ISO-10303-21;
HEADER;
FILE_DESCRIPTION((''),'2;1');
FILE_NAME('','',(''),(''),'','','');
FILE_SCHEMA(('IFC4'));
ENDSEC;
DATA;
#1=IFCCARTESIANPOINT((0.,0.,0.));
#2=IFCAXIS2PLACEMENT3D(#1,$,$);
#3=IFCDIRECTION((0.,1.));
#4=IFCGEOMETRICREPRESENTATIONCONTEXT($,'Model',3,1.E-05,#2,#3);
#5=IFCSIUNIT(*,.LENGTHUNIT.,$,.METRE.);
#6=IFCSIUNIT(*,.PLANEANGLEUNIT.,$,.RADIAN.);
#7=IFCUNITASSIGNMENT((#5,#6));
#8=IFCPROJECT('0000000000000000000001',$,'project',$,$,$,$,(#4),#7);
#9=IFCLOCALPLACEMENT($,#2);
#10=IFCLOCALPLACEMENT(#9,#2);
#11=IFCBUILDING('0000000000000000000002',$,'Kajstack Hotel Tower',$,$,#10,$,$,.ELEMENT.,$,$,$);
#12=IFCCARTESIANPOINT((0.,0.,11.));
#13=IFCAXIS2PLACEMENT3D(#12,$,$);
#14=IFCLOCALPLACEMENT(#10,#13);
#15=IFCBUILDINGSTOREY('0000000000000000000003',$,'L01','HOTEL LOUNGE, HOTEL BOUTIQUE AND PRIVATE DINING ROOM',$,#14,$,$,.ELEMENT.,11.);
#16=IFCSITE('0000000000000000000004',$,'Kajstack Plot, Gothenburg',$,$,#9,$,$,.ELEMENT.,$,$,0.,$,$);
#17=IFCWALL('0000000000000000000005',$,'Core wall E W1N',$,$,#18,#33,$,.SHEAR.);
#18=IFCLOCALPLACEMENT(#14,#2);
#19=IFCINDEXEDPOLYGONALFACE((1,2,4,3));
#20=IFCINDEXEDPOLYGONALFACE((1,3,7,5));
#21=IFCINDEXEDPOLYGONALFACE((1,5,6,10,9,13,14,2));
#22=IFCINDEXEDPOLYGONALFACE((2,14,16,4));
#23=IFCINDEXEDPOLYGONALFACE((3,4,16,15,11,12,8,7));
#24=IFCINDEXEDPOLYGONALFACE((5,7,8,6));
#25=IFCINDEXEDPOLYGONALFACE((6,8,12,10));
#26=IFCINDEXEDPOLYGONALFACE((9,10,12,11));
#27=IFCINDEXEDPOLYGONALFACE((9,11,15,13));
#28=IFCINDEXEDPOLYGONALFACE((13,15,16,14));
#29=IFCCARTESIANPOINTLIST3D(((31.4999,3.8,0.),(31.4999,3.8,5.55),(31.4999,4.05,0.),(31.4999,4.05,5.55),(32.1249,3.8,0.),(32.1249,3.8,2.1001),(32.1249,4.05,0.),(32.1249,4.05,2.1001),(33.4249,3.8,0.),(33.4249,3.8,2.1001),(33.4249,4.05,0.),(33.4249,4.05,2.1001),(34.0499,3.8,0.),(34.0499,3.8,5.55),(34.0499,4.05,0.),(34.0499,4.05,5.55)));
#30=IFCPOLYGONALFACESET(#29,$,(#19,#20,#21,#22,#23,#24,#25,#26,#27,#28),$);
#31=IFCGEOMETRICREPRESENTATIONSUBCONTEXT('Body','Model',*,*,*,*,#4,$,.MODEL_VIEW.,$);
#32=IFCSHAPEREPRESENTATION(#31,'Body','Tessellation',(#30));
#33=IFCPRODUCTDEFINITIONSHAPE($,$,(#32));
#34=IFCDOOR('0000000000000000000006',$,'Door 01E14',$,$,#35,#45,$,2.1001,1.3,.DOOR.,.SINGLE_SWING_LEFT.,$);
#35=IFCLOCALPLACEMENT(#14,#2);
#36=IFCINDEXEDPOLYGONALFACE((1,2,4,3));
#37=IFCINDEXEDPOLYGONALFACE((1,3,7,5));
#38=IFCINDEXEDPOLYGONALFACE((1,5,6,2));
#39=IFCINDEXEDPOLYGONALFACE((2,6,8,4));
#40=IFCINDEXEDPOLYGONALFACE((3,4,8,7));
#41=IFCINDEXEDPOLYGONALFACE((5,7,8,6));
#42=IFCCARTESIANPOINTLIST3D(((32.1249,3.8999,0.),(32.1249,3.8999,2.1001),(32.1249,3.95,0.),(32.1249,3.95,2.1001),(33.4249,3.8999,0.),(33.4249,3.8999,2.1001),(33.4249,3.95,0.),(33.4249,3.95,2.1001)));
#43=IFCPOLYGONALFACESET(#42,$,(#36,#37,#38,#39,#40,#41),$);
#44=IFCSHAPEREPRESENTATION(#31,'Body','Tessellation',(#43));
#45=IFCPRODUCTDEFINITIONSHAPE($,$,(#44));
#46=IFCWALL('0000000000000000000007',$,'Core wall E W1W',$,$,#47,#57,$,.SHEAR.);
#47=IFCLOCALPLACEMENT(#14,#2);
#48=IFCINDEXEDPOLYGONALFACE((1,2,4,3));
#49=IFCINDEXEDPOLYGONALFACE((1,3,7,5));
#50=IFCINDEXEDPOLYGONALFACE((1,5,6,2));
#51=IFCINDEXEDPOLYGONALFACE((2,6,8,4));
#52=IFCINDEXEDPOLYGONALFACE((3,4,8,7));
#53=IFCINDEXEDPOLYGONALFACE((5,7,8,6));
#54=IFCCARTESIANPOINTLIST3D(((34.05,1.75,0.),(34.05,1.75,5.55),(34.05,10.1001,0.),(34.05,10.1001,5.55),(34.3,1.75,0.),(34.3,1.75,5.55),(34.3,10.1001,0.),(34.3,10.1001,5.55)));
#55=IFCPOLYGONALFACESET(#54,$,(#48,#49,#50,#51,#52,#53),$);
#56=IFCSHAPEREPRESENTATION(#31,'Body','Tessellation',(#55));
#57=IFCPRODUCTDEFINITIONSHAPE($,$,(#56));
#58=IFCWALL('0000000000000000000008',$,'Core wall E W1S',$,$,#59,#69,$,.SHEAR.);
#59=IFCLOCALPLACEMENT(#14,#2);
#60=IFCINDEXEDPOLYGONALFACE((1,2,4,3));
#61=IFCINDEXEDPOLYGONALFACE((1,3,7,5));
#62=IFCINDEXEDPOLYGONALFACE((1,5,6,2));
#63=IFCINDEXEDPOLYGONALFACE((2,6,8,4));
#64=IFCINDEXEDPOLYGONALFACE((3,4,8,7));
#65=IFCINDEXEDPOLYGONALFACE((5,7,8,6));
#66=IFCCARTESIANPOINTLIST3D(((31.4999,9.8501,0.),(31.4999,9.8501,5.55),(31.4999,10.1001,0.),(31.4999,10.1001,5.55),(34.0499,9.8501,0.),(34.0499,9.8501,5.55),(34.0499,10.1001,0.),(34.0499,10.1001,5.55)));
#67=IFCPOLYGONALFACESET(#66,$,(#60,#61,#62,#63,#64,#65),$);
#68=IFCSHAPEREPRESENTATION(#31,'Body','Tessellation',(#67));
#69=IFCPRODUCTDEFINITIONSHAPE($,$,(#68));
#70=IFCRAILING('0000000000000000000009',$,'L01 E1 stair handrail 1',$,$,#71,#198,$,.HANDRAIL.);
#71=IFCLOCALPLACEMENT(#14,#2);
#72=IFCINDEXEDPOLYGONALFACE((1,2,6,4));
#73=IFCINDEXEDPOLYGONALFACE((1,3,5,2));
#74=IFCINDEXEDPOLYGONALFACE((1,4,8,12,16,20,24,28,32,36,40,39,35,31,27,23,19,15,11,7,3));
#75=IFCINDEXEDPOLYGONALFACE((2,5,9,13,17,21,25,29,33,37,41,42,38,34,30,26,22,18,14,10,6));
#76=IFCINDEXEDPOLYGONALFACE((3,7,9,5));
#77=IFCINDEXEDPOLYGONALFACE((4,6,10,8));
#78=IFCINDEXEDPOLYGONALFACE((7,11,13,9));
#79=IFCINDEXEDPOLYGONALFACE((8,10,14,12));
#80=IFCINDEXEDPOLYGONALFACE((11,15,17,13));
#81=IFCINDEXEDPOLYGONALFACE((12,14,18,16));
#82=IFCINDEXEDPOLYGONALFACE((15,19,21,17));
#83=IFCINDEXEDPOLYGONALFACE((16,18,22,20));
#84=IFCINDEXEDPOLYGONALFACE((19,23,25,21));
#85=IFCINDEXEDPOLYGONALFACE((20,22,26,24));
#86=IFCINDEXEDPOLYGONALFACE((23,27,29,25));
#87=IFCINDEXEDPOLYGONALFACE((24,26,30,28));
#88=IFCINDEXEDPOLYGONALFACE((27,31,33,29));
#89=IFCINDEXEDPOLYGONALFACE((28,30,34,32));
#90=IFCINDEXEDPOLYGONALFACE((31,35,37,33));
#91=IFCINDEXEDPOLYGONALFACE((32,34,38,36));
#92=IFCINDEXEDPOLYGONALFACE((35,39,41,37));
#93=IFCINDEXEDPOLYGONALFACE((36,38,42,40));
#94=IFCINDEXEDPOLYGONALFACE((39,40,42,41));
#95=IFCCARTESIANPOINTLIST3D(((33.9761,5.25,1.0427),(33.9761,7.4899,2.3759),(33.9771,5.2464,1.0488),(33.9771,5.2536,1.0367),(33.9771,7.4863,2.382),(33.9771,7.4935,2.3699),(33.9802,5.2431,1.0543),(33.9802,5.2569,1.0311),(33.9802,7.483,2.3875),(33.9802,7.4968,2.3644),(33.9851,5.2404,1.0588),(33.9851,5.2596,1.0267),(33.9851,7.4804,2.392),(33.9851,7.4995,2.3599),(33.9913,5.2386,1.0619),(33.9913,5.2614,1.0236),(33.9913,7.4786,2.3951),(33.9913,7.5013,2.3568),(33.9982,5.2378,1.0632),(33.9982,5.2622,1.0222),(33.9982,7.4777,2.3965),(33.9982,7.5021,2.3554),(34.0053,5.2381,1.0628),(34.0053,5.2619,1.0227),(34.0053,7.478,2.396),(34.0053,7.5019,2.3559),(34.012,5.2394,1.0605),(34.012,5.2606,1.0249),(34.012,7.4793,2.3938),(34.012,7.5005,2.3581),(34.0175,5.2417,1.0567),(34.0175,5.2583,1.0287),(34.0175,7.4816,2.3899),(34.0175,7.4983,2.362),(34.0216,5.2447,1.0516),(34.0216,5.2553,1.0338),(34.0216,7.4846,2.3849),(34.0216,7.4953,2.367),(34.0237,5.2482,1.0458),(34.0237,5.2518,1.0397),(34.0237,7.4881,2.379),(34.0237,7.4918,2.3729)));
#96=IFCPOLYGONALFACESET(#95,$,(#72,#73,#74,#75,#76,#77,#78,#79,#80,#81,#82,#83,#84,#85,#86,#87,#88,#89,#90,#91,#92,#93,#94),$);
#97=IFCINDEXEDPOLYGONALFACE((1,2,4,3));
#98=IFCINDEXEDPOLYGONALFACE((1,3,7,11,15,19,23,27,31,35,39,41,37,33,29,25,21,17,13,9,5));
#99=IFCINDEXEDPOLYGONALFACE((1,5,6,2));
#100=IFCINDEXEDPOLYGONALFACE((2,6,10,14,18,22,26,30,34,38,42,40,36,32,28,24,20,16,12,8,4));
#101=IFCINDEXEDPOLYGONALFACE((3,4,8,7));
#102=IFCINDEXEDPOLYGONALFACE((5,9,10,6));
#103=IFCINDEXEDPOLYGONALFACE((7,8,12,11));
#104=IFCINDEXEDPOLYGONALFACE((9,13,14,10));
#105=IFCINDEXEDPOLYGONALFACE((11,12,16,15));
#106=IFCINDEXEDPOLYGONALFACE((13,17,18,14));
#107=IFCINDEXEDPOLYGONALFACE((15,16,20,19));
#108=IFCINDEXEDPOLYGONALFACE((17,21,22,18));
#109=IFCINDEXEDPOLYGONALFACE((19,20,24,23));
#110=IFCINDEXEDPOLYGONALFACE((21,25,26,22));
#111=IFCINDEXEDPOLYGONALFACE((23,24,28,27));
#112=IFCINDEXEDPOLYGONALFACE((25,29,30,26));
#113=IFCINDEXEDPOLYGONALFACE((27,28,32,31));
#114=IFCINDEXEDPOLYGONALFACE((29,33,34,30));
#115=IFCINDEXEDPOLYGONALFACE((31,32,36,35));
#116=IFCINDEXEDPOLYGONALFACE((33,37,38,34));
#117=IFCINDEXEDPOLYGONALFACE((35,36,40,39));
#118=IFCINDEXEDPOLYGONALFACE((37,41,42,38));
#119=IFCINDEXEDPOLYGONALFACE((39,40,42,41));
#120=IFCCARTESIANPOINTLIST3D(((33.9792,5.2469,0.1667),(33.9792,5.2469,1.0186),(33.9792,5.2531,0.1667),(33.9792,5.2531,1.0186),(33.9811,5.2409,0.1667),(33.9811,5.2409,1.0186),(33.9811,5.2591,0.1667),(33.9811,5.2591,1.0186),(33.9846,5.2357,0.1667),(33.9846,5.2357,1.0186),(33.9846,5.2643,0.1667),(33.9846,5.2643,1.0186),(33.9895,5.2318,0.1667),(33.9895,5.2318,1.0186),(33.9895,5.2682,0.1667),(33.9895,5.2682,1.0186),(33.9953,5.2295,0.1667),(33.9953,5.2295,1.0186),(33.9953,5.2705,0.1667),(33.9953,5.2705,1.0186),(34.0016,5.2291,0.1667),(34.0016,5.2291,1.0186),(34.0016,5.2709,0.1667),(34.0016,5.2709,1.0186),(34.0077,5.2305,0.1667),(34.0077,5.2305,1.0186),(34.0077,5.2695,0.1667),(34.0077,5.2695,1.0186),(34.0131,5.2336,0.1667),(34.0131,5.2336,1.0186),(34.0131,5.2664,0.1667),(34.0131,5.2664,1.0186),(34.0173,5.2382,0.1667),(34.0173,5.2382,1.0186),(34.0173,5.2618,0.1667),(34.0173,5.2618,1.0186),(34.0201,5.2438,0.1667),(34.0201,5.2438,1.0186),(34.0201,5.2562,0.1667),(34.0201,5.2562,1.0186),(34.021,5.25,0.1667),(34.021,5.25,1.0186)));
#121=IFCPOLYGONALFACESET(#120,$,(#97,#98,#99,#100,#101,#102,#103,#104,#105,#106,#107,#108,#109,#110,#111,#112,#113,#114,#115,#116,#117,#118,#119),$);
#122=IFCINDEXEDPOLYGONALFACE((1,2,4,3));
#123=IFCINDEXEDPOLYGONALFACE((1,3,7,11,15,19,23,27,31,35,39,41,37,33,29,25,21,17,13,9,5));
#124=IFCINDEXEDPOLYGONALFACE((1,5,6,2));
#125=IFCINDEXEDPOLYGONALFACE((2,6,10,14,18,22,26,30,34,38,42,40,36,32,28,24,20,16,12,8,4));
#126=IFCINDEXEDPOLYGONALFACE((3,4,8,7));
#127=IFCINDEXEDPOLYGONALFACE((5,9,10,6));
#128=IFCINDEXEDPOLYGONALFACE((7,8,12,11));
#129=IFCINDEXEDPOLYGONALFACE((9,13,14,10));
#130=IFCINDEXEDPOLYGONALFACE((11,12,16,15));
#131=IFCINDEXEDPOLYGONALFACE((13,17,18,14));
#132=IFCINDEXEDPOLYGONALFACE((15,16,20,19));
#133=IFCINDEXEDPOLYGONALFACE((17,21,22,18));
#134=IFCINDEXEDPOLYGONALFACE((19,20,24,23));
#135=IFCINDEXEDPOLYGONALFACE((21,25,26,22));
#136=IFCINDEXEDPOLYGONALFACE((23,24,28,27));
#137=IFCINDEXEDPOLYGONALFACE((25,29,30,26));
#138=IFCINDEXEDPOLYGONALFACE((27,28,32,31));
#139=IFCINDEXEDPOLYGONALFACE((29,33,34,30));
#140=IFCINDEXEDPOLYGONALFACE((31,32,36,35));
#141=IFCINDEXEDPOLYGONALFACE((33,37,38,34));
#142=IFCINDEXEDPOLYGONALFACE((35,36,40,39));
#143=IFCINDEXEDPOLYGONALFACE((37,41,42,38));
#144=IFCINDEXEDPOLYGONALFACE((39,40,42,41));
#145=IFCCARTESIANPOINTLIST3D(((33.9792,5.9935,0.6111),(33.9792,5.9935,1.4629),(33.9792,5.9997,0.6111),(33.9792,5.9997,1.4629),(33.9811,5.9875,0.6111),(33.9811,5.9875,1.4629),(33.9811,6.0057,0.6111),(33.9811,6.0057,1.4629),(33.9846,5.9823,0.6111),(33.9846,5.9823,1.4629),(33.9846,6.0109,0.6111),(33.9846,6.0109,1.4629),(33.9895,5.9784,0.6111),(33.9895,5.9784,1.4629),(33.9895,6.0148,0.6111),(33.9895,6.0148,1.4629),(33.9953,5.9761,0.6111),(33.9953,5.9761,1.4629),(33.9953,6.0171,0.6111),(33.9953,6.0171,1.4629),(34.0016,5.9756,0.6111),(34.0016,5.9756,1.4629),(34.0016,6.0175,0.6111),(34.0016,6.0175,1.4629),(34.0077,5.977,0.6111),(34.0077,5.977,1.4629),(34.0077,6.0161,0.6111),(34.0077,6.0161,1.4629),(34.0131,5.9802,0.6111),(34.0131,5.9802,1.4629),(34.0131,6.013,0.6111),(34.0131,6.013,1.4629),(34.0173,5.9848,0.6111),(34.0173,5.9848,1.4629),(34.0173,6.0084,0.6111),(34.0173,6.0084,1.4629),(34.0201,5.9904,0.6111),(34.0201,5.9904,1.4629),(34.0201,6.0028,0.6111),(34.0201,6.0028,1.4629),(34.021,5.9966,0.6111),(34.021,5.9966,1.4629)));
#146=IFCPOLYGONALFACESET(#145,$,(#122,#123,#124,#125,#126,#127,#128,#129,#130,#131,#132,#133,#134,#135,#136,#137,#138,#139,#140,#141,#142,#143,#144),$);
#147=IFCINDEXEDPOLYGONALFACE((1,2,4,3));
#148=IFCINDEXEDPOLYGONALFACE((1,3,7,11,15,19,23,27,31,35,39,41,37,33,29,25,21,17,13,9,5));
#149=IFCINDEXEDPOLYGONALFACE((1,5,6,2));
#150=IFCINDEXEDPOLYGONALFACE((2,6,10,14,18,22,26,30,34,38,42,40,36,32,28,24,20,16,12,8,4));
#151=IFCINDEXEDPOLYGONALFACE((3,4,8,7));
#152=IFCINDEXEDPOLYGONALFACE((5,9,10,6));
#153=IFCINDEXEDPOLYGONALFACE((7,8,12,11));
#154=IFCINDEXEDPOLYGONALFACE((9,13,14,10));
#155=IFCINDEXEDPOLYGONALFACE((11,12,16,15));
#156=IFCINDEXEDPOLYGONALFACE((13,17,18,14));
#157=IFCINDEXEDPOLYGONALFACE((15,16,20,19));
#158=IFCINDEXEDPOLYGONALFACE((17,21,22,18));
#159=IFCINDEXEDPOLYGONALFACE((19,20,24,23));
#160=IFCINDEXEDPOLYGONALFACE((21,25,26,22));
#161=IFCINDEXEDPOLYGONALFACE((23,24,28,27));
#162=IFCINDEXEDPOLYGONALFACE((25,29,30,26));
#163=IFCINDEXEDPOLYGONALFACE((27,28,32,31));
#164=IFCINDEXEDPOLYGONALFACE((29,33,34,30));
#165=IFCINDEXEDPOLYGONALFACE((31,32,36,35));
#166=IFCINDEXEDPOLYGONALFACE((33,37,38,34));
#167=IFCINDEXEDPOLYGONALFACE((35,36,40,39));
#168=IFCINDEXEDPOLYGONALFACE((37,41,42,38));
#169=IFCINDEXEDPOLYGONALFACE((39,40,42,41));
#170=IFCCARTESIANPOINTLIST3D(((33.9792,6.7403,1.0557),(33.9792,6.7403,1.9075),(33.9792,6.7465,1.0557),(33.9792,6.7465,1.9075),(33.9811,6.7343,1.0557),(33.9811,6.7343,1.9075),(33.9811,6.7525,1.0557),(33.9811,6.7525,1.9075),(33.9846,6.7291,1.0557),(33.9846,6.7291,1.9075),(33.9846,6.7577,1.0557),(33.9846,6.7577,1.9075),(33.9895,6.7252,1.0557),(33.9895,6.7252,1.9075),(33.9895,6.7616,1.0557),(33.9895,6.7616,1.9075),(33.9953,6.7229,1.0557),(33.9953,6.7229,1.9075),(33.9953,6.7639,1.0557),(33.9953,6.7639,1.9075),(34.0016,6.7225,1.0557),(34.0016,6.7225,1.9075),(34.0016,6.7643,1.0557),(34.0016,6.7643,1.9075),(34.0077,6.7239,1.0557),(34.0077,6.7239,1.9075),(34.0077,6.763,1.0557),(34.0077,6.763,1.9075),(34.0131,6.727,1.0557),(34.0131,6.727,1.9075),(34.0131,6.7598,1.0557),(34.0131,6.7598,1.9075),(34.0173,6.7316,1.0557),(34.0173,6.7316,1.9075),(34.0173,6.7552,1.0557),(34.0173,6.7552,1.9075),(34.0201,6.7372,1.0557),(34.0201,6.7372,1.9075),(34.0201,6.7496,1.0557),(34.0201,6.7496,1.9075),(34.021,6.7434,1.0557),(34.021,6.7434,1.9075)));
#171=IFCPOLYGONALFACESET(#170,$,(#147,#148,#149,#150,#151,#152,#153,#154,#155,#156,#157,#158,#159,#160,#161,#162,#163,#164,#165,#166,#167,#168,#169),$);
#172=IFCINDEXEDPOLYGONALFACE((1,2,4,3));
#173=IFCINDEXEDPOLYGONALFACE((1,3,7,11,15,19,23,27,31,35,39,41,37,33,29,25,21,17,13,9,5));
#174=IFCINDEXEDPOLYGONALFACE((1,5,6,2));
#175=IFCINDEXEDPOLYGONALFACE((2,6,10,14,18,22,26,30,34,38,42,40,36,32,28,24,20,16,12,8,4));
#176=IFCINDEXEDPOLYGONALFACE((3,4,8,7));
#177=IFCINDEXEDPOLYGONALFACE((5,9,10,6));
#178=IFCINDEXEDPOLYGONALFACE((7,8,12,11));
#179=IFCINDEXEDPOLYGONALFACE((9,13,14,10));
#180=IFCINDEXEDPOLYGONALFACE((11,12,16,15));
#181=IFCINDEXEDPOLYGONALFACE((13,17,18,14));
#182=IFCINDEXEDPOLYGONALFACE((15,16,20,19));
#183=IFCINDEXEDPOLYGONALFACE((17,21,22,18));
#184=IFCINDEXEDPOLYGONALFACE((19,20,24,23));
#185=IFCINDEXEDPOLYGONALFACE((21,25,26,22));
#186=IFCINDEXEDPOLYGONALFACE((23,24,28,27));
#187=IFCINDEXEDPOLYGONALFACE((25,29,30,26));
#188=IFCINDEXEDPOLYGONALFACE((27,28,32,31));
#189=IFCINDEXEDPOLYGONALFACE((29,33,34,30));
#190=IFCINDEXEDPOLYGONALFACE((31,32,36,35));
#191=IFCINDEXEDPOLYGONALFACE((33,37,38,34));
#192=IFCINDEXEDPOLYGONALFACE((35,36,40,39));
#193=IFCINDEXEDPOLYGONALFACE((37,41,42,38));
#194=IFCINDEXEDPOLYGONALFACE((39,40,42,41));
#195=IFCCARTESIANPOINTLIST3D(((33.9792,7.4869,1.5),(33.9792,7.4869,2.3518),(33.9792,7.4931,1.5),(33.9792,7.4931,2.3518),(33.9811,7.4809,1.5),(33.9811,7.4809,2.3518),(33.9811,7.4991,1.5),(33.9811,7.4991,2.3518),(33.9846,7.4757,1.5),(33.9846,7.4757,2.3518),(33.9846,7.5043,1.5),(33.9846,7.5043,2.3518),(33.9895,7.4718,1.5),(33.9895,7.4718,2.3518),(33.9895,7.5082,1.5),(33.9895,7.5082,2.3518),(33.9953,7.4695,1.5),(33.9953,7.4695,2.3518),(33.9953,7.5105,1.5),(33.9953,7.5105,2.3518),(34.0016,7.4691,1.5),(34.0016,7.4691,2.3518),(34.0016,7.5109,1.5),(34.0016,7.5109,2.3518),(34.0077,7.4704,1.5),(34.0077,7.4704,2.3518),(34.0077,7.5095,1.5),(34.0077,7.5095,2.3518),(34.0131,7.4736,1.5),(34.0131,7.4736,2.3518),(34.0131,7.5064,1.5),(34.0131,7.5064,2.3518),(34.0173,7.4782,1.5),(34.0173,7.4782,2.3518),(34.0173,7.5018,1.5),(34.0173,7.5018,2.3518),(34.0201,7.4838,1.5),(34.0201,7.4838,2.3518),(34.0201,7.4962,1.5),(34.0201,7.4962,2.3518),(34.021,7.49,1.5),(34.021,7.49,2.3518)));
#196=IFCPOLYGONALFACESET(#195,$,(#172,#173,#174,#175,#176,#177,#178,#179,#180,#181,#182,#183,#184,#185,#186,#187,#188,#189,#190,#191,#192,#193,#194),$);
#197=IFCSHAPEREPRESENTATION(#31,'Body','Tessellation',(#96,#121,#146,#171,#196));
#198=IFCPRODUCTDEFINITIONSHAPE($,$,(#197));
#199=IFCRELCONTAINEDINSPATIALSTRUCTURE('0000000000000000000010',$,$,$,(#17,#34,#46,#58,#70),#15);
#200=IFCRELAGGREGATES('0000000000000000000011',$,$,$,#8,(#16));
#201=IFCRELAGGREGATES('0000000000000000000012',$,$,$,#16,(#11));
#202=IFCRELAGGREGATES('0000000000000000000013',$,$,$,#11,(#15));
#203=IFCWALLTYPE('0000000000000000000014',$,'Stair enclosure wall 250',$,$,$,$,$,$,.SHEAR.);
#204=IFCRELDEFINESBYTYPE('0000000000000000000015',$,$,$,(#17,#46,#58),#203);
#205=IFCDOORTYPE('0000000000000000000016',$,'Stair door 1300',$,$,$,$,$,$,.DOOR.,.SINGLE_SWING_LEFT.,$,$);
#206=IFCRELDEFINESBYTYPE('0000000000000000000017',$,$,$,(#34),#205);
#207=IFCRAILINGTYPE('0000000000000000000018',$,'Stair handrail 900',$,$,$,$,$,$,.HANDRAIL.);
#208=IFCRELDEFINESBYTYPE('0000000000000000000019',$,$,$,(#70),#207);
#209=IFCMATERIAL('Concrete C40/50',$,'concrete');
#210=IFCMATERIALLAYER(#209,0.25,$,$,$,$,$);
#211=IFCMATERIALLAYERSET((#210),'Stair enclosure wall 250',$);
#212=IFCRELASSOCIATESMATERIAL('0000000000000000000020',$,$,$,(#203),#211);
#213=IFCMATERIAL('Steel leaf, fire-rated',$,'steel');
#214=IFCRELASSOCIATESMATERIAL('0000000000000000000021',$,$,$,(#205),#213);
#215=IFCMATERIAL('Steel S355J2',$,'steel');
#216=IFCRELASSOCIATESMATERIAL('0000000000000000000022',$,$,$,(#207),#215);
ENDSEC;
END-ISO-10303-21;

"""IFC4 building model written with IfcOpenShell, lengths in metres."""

from ifc_helpers import new_model, si_unit, direction, frame, frame_2d, origin, origin_2d, place, context, subcontext, project, spatial, rectangle, circle, extrude, material, layer, layer_set, type_object, element, fill, save


model = new_model("IFC4")

# Units and contexts
model_context = context("Model", 3, precision=1e-05, world=origin(), true_north=direction((0.0, 1.0)))
body_context = subcontext(model_context, "Body", "Model", "MODEL_VIEW")
ifc_project = project(units=[si_unit("LENGTHUNIT", "METRE"), si_unit("PLANEANGLEUNIT", "RADIAN")], contexts=[model_context])

# Site, building, storey
site_placement = place(None, origin())
site = spatial("IfcSite", under=ifc_project, at=site_placement, Name="Kajstack Plot, Gothenburg", CompositionType="ELEMENT", RefElevation=0.0)
building_placement = place(site_placement, origin())
building = spatial("IfcBuilding", under=site, at=building_placement, Name="Kajstack Hotel Tower", CompositionType="ELEMENT")
storey_placement = place(building_placement, frame((0.0, 0.0, 11.0)))
storey = spatial("IfcBuildingStorey", under=building, at=storey_placement, Name="L01", Description="HOTEL LOUNGE, HOTEL BOUTIQUE AND PRIVATE DINING ROOM", CompositionType="ELEMENT", Elevation=11.0)

# Shared definitions
ifc_material_1 = material(Name="Concrete C40/50", Category="concrete")

# Shared definitions
ifc_material_2 = material(Name="Steel leaf, fire-rated", Category="steel")

# Wall, opening, door
ifc_layer_1 = layer(ifc_material_1, 0.25)
ifc_layer_set_1 = layer_set([ifc_layer_1], Name="Stair enclosure wall 250")
wall_type_1 = type_object("IfcWallType", Name="Stair enclosure wall 250", PredefinedType="SHEAR", material=ifc_layer_set_1)
wall_1_placement = place(storey_placement, frame((31.5, 3.925, 0.0), z_axis=(0.0, 0.0, 1.0), x_axis=(1.0, 0.0, 0.0)))
wall_1 = element("IfcWall", 1, at=wall_1_placement, inside=storey, type_object=wall_type_1, Name="Core wall E W1N", PredefinedType="SHEAR", context=body_context, shape_type="SweptSolid", body=[
    extrude(rectangle(XDim=2.55, YDim=0.25, at=frame_2d((1.2749, 0.0))), origin(), (0.0, 0.0, 1.0), 5.55),
])
opening_1_placement = place(wall_1_placement, frame((0.625, 0.0, 0.0)))
opening_1 = element("IfcOpeningElement", 2, at=opening_1_placement, cuts=wall_1, PredefinedType="OPENING", context=body_context, shape_type="SweptSolid", body=[
    extrude(rectangle(XDim=1.3, YDim=2.1001, at=frame_2d((0.6499, 1.05))), frame((0.0, 0.135, 0.0), z_axis=(0.0, -1.0, 0.0), x_axis=(1.0, 0.0, 0.0)), (0.0, 0.0, 1.0), 0.27),
])
door_type_1 = type_object("IfcDoorType", Name="Stair door 1300", OperationType="SINGLE_SWING_LEFT", PredefinedType="DOOR", material=ifc_material_2)
door_1_placement = place(opening_1_placement, origin())
door_1 = element("IfcDoor", 3, at=door_1_placement, inside=storey, type_object=door_type_1, Name="Door 01E14", OperationType="SINGLE_SWING_LEFT", OverallHeight=2.1001, OverallWidth=1.3, PredefinedType="DOOR", context=body_context, shape_type="SweptSolid", body=[
    extrude(rectangle(XDim=1.3, YDim=2.1001, at=frame_2d((0.6499, 1.05))), frame((0.0, 0.0249, 0.0), z_axis=(0.0, -1.0, 0.0), x_axis=(1.0, 0.0, 0.0)), (0.0, 0.0, 1.0), 0.05),
])
fill(opening_1, door_1)

# Walls
wall_2_placement = place(storey_placement, frame((34.175, 1.75, 0.0), z_axis=(0.0, 0.0, 1.0), x_axis=(0.0, 1.0, 0.0)))
element("IfcWall", 4, at=wall_2_placement, inside=storey, type_object=wall_type_1, Name="Core wall E W1W", PredefinedType="SHEAR", context=body_context, shape_type="SweptSolid", body=[
    extrude(rectangle(XDim=8.3501, YDim=0.25, at=frame_2d((4.175, 0.0))), origin(), (0.0, 0.0, 1.0), 5.55),
])
wall_3_placement = place(storey_placement, frame((31.5, 9.9751, 0.0), z_axis=(0.0, 0.0, 1.0), x_axis=(1.0, 0.0, 0.0)))
element("IfcWall", 5, at=wall_3_placement, inside=storey, type_object=wall_type_1, Name="Core wall E W1S", PredefinedType="SHEAR", context=body_context, shape_type="SweptSolid", body=[
    extrude(rectangle(XDim=2.55, YDim=0.25, at=frame_2d((1.2749, 0.0))), origin(), (0.0, 0.0, 1.0), 5.55),
])

# Railing
ifc_material_3 = material(Name="Steel S355J2", Category="steel")
railing_type_1 = type_object("IfcRailingType", Name="Stair handrail 900", PredefinedType="HANDRAIL", material=ifc_material_3)
railing_1_placement = place(storey_placement, frame((34.0, 5.25, 0.1667)))
element("IfcRailing", 6, at=railing_1_placement, inside=storey, type_object=railing_type_1, Name="L01 E1 stair handrail 1", PredefinedType="HANDRAIL", context=body_context, shape_type="SweptSolid", body=[
    extrude(circle(Radius=0.0239, at=origin_2d()), frame((0.0, 0.0, 0.876), z_axis=(0.0, 0.859306, 0.511462), x_axis=(-1.0, 0.0, 0.0)), (0.0, 0.0, 1.0), 2.6067),
    extrude(circle(Radius=0.021, at=origin_2d()), origin(), (0.0, 0.0, 1.0), 0.8518),
    extrude(circle(Radius=0.021, at=origin_2d()), frame((0.0, 0.7466, 0.4443)), (0.0, 0.0, 1.0), 0.8518),
    extrude(circle(Radius=0.021, at=origin_2d()), frame((0.0, 1.4934, 0.8889)), (0.0, 0.0, 1.0), 0.8518),
    extrude(circle(Radius=0.021, at=origin_2d()), frame((0.0, 2.24, 1.3333)), (0.0, 0.0, 1.0), 0.8518),
])

save(model, "model.ifc")
